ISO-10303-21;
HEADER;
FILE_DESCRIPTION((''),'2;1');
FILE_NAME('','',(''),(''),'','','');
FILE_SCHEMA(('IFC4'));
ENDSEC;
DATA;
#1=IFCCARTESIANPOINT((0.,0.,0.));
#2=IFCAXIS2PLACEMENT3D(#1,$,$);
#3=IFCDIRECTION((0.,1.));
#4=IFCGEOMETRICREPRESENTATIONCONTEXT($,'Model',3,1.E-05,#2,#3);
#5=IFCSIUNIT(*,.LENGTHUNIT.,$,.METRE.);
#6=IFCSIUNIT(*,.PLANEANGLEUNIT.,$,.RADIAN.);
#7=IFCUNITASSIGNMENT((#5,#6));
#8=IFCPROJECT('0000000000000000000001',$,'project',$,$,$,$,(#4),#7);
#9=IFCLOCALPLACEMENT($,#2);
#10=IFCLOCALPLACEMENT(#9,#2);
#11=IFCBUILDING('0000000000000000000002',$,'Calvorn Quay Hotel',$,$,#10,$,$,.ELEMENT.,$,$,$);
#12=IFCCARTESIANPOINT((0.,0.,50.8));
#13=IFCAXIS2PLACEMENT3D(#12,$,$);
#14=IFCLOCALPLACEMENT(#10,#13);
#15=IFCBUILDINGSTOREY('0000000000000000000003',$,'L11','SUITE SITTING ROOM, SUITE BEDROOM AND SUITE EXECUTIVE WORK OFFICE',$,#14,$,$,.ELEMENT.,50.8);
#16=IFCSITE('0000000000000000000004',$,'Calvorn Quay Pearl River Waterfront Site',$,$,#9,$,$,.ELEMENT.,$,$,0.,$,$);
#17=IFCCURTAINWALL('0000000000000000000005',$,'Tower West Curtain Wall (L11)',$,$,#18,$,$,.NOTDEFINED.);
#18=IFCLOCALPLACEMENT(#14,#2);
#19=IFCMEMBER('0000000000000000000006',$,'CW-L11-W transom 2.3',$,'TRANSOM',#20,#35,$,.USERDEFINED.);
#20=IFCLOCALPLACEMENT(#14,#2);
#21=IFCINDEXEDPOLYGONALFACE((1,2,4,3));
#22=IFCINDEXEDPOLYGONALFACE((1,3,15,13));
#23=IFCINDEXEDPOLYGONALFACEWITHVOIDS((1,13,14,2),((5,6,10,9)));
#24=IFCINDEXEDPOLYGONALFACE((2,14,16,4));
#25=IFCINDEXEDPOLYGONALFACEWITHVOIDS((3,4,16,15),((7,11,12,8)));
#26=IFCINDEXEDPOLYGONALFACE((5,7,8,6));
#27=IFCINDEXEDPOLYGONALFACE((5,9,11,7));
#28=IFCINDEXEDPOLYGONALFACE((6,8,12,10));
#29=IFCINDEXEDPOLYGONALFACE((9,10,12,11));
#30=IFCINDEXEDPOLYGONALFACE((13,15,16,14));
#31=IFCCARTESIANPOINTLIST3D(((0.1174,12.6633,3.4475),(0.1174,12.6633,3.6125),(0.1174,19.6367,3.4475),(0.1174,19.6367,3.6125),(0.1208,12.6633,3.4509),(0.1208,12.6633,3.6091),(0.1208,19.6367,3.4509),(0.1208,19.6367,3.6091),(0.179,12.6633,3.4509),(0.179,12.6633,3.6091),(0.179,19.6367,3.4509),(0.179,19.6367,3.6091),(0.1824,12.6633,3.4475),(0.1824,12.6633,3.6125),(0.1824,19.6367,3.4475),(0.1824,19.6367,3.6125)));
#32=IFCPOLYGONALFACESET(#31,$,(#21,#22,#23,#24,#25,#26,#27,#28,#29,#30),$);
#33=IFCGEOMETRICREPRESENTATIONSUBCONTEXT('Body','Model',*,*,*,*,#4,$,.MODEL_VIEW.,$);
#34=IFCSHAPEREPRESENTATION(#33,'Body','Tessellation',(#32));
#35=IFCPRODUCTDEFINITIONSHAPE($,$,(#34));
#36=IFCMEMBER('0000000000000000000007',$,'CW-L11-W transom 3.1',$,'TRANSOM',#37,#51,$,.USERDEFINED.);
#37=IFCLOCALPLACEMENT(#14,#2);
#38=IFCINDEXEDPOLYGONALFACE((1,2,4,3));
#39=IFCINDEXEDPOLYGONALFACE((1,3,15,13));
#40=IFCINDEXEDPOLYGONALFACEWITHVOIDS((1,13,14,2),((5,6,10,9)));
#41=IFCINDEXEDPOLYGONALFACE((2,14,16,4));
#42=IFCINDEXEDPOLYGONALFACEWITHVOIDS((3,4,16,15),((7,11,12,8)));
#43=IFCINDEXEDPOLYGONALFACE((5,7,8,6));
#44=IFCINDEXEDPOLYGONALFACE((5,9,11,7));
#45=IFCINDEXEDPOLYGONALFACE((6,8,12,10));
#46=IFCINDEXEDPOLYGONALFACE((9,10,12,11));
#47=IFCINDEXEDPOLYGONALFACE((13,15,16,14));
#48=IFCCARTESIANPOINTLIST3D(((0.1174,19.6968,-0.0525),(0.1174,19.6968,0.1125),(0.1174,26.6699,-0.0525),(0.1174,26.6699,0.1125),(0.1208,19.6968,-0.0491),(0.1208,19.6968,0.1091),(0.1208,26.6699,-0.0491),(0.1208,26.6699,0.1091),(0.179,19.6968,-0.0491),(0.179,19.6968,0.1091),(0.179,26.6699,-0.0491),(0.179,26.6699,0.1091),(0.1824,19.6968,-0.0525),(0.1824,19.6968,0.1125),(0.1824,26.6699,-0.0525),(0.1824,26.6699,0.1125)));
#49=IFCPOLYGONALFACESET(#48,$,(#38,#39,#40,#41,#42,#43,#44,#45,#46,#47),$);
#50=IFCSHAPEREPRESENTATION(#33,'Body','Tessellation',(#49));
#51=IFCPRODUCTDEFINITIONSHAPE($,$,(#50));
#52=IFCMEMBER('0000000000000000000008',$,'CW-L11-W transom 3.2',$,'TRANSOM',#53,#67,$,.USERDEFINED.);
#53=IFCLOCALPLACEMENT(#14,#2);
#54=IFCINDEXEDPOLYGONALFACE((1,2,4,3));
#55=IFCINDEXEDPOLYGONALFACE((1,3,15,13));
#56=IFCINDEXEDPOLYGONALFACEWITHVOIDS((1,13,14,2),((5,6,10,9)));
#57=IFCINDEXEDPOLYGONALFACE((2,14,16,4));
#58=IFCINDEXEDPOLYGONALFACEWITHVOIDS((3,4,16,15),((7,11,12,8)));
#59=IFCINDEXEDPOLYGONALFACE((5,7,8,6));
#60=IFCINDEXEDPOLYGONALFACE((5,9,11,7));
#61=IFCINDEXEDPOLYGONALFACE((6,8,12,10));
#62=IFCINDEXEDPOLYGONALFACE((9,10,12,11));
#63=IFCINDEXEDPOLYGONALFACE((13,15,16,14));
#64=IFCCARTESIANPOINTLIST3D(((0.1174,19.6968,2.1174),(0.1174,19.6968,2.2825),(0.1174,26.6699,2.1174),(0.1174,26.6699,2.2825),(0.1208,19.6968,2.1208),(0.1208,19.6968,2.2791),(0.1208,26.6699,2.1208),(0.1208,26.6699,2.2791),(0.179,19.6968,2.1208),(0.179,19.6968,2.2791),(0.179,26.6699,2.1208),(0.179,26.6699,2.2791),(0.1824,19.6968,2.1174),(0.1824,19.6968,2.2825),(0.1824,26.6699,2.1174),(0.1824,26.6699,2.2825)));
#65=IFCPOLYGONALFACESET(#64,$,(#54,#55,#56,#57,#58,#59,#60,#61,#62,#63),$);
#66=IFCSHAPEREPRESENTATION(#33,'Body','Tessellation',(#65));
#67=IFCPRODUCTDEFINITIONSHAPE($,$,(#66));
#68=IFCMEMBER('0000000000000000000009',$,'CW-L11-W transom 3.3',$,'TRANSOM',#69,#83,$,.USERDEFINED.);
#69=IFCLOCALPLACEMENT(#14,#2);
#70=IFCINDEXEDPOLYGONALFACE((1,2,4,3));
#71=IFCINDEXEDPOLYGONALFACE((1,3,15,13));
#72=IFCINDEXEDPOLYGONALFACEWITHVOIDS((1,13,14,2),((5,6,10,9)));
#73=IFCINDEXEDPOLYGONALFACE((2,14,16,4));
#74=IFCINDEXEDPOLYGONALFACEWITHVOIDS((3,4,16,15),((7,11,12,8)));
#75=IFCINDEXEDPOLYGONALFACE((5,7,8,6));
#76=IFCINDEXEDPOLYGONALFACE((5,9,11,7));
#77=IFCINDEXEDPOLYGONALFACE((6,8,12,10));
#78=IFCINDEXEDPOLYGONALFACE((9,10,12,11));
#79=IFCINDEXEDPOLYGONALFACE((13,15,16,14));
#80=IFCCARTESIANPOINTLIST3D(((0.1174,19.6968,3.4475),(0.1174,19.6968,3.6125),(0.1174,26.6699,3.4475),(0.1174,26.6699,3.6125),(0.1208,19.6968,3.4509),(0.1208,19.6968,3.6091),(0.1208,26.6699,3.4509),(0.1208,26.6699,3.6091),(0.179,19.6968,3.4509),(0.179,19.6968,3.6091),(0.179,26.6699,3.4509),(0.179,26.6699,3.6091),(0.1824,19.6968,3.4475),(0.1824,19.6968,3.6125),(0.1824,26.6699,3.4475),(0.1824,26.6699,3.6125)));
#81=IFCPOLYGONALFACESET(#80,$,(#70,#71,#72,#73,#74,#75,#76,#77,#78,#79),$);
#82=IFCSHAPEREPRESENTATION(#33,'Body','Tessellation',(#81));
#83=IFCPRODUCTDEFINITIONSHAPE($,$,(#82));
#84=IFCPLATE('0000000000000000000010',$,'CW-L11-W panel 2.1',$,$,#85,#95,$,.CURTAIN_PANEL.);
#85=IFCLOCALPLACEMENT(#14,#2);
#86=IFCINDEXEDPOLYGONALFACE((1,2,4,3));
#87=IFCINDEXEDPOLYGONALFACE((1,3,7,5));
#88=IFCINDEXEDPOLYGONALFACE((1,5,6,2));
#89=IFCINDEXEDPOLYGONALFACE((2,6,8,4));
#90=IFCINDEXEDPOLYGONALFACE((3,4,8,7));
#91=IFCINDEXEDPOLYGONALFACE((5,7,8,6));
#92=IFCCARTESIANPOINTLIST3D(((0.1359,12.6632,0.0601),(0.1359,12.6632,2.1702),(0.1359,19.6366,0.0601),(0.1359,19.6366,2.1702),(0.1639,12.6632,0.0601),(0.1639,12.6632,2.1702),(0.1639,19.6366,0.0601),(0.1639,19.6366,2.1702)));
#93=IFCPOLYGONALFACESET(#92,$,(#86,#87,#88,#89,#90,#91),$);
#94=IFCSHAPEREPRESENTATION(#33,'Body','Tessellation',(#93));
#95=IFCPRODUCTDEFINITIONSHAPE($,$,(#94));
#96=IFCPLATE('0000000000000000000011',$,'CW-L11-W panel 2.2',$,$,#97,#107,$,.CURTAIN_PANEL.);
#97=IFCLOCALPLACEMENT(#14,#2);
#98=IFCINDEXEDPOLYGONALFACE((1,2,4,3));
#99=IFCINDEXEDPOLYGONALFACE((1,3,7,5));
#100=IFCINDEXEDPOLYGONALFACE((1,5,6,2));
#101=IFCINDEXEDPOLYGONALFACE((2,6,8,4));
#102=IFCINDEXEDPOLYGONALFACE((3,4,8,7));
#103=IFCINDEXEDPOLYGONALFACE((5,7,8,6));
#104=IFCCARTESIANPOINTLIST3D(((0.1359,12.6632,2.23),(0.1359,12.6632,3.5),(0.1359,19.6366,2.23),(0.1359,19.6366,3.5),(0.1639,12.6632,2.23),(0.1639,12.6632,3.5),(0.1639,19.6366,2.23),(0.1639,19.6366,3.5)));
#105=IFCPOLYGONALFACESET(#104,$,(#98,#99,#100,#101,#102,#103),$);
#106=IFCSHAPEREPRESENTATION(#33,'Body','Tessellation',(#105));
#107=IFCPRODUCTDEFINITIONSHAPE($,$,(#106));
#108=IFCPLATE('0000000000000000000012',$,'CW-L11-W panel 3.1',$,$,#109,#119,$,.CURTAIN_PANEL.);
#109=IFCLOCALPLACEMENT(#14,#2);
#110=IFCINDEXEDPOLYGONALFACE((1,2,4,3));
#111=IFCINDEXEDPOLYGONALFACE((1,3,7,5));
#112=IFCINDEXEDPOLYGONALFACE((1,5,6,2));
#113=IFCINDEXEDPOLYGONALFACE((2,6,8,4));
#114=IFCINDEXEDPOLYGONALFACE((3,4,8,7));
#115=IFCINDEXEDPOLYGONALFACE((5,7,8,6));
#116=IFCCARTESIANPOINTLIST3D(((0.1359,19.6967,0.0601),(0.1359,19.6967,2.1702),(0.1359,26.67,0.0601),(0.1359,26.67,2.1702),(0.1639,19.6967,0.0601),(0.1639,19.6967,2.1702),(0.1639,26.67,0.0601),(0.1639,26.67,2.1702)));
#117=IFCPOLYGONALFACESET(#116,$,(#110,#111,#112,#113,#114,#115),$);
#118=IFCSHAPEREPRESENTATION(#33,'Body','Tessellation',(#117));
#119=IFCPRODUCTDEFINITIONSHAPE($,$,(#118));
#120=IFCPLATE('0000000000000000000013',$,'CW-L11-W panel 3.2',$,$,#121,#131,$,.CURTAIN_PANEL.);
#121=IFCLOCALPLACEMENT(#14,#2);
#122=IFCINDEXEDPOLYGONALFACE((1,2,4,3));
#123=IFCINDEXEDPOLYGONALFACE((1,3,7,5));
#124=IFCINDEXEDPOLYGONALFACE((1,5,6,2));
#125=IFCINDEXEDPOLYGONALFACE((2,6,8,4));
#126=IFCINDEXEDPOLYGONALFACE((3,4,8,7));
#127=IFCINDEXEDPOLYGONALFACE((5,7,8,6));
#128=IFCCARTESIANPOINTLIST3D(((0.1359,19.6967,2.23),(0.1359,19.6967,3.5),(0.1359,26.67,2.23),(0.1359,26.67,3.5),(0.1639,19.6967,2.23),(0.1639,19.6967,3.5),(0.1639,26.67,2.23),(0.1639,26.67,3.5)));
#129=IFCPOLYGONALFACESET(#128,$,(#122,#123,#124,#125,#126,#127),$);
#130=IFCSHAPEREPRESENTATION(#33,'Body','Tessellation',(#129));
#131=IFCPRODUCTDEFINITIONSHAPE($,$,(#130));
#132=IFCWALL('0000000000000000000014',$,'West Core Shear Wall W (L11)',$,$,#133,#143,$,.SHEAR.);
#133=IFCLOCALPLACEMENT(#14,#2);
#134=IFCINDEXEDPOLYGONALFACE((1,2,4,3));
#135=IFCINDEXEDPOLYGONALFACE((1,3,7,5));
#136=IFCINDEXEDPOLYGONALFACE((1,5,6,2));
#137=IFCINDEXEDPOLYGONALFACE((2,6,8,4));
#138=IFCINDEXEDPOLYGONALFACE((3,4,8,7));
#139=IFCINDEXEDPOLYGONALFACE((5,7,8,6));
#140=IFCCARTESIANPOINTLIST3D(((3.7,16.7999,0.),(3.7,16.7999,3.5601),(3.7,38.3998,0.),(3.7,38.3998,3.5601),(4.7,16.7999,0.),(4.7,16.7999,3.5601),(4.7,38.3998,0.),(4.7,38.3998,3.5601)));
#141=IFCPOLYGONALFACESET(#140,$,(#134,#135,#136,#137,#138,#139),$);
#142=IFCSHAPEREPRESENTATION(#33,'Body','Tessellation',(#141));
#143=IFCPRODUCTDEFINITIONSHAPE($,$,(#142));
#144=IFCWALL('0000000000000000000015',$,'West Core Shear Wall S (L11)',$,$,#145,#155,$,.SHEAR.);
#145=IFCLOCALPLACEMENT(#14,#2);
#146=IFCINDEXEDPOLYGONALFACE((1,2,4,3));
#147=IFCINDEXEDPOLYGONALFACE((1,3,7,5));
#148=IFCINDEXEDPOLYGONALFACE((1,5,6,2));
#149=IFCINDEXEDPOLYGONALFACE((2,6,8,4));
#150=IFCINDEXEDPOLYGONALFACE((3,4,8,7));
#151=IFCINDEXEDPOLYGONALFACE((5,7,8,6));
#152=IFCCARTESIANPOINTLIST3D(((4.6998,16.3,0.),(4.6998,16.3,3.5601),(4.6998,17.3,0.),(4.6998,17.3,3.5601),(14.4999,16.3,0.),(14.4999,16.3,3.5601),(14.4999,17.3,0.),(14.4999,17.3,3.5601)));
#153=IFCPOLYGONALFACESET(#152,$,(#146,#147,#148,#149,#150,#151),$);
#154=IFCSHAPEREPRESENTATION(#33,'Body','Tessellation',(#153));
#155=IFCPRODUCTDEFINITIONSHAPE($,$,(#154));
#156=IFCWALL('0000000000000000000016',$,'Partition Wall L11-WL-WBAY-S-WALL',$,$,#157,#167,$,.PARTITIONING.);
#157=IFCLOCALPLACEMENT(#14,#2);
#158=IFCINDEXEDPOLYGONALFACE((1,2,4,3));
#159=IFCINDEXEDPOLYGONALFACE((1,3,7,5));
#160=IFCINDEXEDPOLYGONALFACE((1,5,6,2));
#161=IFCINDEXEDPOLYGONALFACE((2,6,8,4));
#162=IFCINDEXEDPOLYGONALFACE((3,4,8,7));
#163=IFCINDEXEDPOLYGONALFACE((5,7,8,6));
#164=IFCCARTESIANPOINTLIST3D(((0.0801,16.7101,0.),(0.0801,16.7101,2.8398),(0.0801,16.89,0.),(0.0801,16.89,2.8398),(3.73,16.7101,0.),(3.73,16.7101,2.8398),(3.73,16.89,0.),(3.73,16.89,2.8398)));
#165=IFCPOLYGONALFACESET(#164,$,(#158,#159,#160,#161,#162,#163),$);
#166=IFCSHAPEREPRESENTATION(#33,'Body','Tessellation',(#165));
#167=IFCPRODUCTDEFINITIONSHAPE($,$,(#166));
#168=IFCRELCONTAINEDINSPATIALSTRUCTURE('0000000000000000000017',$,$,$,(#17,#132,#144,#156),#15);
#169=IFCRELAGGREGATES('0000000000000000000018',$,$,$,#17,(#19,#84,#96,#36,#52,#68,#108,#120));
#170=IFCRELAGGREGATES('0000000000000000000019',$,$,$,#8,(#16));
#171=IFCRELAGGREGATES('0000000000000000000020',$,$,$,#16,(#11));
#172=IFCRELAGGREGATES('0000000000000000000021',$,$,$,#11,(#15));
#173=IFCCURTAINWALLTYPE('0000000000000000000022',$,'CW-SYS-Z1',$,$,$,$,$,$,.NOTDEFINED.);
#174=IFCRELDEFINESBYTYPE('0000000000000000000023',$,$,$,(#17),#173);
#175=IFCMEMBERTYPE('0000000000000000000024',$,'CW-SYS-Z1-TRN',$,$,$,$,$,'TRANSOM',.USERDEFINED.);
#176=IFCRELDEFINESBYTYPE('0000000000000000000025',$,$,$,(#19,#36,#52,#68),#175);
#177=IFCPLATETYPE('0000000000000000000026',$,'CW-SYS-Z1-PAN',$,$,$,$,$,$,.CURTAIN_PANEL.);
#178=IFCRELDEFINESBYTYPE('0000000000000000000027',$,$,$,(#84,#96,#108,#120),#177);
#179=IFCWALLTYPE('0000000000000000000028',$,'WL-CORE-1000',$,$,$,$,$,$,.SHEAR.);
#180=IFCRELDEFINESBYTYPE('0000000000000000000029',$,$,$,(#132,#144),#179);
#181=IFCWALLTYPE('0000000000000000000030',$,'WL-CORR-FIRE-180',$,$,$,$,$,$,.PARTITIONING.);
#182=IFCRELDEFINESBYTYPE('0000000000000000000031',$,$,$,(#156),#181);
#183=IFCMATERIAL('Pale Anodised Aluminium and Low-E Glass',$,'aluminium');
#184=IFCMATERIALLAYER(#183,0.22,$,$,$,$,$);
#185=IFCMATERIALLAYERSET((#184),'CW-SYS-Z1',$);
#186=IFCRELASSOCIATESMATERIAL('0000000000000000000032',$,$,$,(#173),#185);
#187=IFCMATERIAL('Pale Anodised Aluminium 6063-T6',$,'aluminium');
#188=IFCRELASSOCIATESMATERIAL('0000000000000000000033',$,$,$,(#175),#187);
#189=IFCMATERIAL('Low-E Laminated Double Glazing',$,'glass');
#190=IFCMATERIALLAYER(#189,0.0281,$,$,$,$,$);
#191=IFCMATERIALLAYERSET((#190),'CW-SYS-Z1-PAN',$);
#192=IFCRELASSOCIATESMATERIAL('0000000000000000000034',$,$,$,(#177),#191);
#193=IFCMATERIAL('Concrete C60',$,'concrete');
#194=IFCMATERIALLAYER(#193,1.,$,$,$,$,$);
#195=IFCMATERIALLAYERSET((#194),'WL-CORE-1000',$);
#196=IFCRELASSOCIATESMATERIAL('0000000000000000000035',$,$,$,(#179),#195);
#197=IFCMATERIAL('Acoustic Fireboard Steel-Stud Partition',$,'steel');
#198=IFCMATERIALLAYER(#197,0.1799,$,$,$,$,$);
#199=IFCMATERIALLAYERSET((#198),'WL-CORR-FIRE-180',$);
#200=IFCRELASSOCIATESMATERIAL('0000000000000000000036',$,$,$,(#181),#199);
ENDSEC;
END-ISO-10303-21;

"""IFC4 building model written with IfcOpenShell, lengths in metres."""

from ifc_helpers import new_model, si_unit, direction, frame, frame_2d, origin, origin_2d, place, context, subcontext, project, spatial, rectangle, hollow_rectangle, extrude, material, layer, layer_set, material_profile, profile_set, type_object, element, aggregate, save


model = new_model("IFC4")

# Units and contexts
model_context = context("Model", 3, precision=1e-05, world=origin(), true_north=direction((0.0, 1.0)))
body_context = subcontext(model_context, "Body", "Model", "MODEL_VIEW")
ifc_project = project(units=[si_unit("LENGTHUNIT", "METRE"), si_unit("PLANEANGLEUNIT", "RADIAN")], contexts=[model_context])

# Site, building, storey
site_placement = place(None, origin())
site = spatial("IfcSite", under=ifc_project, at=site_placement, Name="Calvorn Quay Pearl River Waterfront Site", CompositionType="ELEMENT", RefElevation=0.0)
building_placement = place(site_placement, origin())
building = spatial("IfcBuilding", under=site, at=building_placement, Name="Calvorn Quay Hotel", CompositionType="ELEMENT")
storey_placement = place(building_placement, frame((0.0, 0.0, 50.8)))
storey = spatial("IfcBuildingStorey", under=building, at=storey_placement, Name="L11", Description="SUITE SITTING ROOM, SUITE BEDROOM AND SUITE EXECUTIVE WORK OFFICE", CompositionType="ELEMENT", Elevation=50.8)

# Curtain wall, members, plates
ifc_material_1 = material(Name="Pale Anodised Aluminium and Low-E Glass", Category="aluminium")
ifc_layer_1 = layer(ifc_material_1, 0.22)
ifc_layer_set_1 = layer_set([ifc_layer_1], Name="CW-SYS-Z1")
curtain_wall_type = type_object("IfcCurtainWallType", Name="CW-SYS-Z1", PredefinedType="NOTDEFINED", material=ifc_layer_set_1)
curtain_wall_placement = place(storey_placement, origin())
curtain_wall = element("IfcCurtainWall", 1, at=curtain_wall_placement, inside=storey, type_object=curtain_wall_type, Name="Tower West Curtain Wall (L11)", PredefinedType="NOTDEFINED")
ifc_material_2 = material(Name="Pale Anodised Aluminium 6063-T6", Category="aluminium")
ifc_material_profile_1 = material_profile(ifc_material_2, hollow_rectangle(XDim=0.0649, YDim=0.165, WallThickness=0.0034, at=origin_2d()), Name="ALU-T165x65x3.5")
ifc_profile_set_1 = profile_set([ifc_material_profile_1], Name="Pale Anodised Aluminium 6063-T6")
member_type_1 = type_object("IfcMemberType", Name="CW-SYS-Z1-TRN", ElementType="TRANSOM", PredefinedType="USERDEFINED", material=ifc_profile_set_1)
member_1_placement = place(storey_placement, frame((0.1499, 12.6633, 3.53), z_axis=(0.0, 1.0, 0.0), x_axis=(-1.0, 0.0, 0.0)))
member_1 = element("IfcMember", 2, at=member_1_placement, type_object=member_type_1, Name="CW-L11-W transom 2.3", ObjectType="TRANSOM", PredefinedType="USERDEFINED", context=body_context, shape_type="SweptSolid", body=[
    extrude(hollow_rectangle(XDim=0.0649, YDim=0.165, WallThickness=0.0034, at=origin_2d()), origin(), (0.0, 0.0, 1.0), 6.9734),
])
member_2_placement = place(storey_placement, frame((0.1499, 19.6968, 0.03), z_axis=(0.0, 1.0, 0.0), x_axis=(-1.0, 0.0, 0.0)))
member_2 = element("IfcMember", 3, at=member_2_placement, type_object=member_type_1, Name="CW-L11-W transom 3.1", ObjectType="TRANSOM", PredefinedType="USERDEFINED", context=body_context, shape_type="SweptSolid", body=[
    extrude(hollow_rectangle(XDim=0.0649, YDim=0.165, WallThickness=0.0034, at=origin_2d()), origin(), (0.0, 0.0, 1.0), 6.9731),
])
member_3_placement = place(storey_placement, frame((0.1499, 19.6968, 2.2), z_axis=(0.0, 1.0, 0.0), x_axis=(-1.0, 0.0, 0.0)))
member_3 = element("IfcMember", 4, at=member_3_placement, type_object=member_type_1, Name="CW-L11-W transom 3.2", ObjectType="TRANSOM", PredefinedType="USERDEFINED", context=body_context, shape_type="SweptSolid", body=[
    extrude(hollow_rectangle(XDim=0.0649, YDim=0.165, WallThickness=0.0034, at=origin_2d()), origin(), (0.0, 0.0, 1.0), 6.9731),
])
member_4_placement = place(storey_placement, frame((0.1499, 19.6968, 3.53), z_axis=(0.0, 1.0, 0.0), x_axis=(-1.0, 0.0, 0.0)))
member_4 = element("IfcMember", 5, at=member_4_placement, type_object=member_type_1, Name="CW-L11-W transom 3.3", ObjectType="TRANSOM", PredefinedType="USERDEFINED", context=body_context, shape_type="SweptSolid", body=[
    extrude(hollow_rectangle(XDim=0.0649, YDim=0.165, WallThickness=0.0034, at=origin_2d()), origin(), (0.0, 0.0, 1.0), 6.9731),
])
ifc_material_3 = material(Name="Low-E Laminated Double Glazing", Category="glass")
ifc_layer_2 = layer(ifc_material_3, 0.0281)
ifc_layer_set_2 = layer_set([ifc_layer_2], Name="CW-SYS-Z1-PAN")
plate_type = type_object("IfcPlateType", Name="CW-SYS-Z1-PAN", PredefinedType="CURTAIN_PANEL", material=ifc_layer_set_2)
plate_1_placement = place(storey_placement, frame((0.1499, 16.1499, 0.0601), z_axis=(0.0, 0.0, 1.0), x_axis=(0.0, 1.0, 0.0)))
plate_1 = element("IfcPlate", 6, at=plate_1_placement, type_object=plate_type, Name="CW-L11-W panel 2.1", PredefinedType="CURTAIN_PANEL", context=body_context, shape_type="SweptSolid", body=[
    extrude(rectangle(XDim=6.9734, YDim=0.0281, at=origin_2d()), origin(), (0.0, 0.0, 1.0), 2.1101),
])
plate_2_placement = place(storey_placement, frame((0.1499, 16.1499, 2.23), z_axis=(0.0, 0.0, 1.0), x_axis=(0.0, 1.0, 0.0)))
plate_2 = element("IfcPlate", 7, at=plate_2_placement, type_object=plate_type, Name="CW-L11-W panel 2.2", PredefinedType="CURTAIN_PANEL", context=body_context, shape_type="SweptSolid", body=[
    extrude(rectangle(XDim=6.9734, YDim=0.0281, at=origin_2d()), origin(), (0.0, 0.0, 1.0), 1.27),
])
plate_3_placement = place(storey_placement, frame((0.1499, 23.1833, 0.0601), z_axis=(0.0, 0.0, 1.0), x_axis=(0.0, 1.0, 0.0)))
plate_3 = element("IfcPlate", 8, at=plate_3_placement, type_object=plate_type, Name="CW-L11-W panel 3.1", PredefinedType="CURTAIN_PANEL", context=body_context, shape_type="SweptSolid", body=[
    extrude(rectangle(XDim=6.9734, YDim=0.0281, at=origin_2d()), origin(), (0.0, 0.0, 1.0), 2.1101),
])
plate_4_placement = place(storey_placement, frame((0.1499, 23.1833, 2.23), z_axis=(0.0, 0.0, 1.0), x_axis=(0.0, 1.0, 0.0)))
plate_4 = element("IfcPlate", 9, at=plate_4_placement, type_object=plate_type, Name="CW-L11-W panel 3.2", PredefinedType="CURTAIN_PANEL", context=body_context, shape_type="SweptSolid", body=[
    extrude(rectangle(XDim=6.9734, YDim=0.0281, at=origin_2d()), origin(), (0.0, 0.0, 1.0), 1.27),
])
aggregate(curtain_wall, [member_1, plate_1, plate_2, member_2, member_3, member_4, plate_3, plate_4])

# Walls
ifc_material_4 = material(Name="Concrete C60", Category="concrete")
ifc_layer_3 = layer(ifc_material_4, 1.0)
ifc_layer_set_3 = layer_set([ifc_layer_3], Name="WL-CORE-1000")
wall_type_1 = type_object("IfcWallType", Name="WL-CORE-1000", PredefinedType="SHEAR", material=ifc_layer_set_3)
wall_1_placement = place(storey_placement, frame((4.2, 16.8, 0.0), z_axis=(0.0, 0.0, 1.0), x_axis=(0.0, 1.0, 0.0)))
element("IfcWall", 10, at=wall_1_placement, inside=storey, type_object=wall_type_1, Name="West Core Shear Wall W (L11)", PredefinedType="SHEAR", context=body_context, shape_type="SweptSolid", body=[
    extrude(rectangle(XDim=21.5999, YDim=1.0, at=frame_2d((10.7998, 0.0))), origin(), (0.0, 0.0, 1.0), 3.5601),
])
wall_2_placement = place(storey_placement, frame((4.7, 16.8, 0.0), z_axis=(0.0, 0.0, 1.0), x_axis=(1.0, 0.0, 0.0)))
element("IfcWall", 11, at=wall_2_placement, inside=storey, type_object=wall_type_1, Name="West Core Shear Wall S (L11)", PredefinedType="SHEAR", context=body_context, shape_type="SweptSolid", body=[
    extrude(rectangle(XDim=9.8, YDim=1.0, at=frame_2d((4.8999, 0.0))), origin(), (0.0, 0.0, 1.0), 3.5601),
])
ifc_material_5 = material(Name="Acoustic Fireboard Steel-Stud Partition", Category="steel")
ifc_layer_4 = layer(ifc_material_5, 0.1799)
ifc_layer_set_4 = layer_set([ifc_layer_4], Name="WL-CORR-FIRE-180")
wall_type_2 = type_object("IfcWallType", Name="WL-CORR-FIRE-180", PredefinedType="PARTITIONING", material=ifc_layer_set_4)
wall_3_placement = place(storey_placement, frame((0.0801, 16.8, 0.0), z_axis=(0.0, 0.0, 1.0), x_axis=(1.0, 0.0, 0.0)))
element("IfcWall", 12, at=wall_3_placement, inside=storey, type_object=wall_type_2, Name="Partition Wall L11-WL-WBAY-S-WALL", PredefinedType="PARTITIONING", context=body_context, shape_type="SweptSolid", body=[
    extrude(rectangle(XDim=3.6499, YDim=0.1799, at=frame_2d((1.825, 0.0))), origin(), (0.0, 0.0, 1.0), 2.8398),
])

save(model, "model.ifc")
